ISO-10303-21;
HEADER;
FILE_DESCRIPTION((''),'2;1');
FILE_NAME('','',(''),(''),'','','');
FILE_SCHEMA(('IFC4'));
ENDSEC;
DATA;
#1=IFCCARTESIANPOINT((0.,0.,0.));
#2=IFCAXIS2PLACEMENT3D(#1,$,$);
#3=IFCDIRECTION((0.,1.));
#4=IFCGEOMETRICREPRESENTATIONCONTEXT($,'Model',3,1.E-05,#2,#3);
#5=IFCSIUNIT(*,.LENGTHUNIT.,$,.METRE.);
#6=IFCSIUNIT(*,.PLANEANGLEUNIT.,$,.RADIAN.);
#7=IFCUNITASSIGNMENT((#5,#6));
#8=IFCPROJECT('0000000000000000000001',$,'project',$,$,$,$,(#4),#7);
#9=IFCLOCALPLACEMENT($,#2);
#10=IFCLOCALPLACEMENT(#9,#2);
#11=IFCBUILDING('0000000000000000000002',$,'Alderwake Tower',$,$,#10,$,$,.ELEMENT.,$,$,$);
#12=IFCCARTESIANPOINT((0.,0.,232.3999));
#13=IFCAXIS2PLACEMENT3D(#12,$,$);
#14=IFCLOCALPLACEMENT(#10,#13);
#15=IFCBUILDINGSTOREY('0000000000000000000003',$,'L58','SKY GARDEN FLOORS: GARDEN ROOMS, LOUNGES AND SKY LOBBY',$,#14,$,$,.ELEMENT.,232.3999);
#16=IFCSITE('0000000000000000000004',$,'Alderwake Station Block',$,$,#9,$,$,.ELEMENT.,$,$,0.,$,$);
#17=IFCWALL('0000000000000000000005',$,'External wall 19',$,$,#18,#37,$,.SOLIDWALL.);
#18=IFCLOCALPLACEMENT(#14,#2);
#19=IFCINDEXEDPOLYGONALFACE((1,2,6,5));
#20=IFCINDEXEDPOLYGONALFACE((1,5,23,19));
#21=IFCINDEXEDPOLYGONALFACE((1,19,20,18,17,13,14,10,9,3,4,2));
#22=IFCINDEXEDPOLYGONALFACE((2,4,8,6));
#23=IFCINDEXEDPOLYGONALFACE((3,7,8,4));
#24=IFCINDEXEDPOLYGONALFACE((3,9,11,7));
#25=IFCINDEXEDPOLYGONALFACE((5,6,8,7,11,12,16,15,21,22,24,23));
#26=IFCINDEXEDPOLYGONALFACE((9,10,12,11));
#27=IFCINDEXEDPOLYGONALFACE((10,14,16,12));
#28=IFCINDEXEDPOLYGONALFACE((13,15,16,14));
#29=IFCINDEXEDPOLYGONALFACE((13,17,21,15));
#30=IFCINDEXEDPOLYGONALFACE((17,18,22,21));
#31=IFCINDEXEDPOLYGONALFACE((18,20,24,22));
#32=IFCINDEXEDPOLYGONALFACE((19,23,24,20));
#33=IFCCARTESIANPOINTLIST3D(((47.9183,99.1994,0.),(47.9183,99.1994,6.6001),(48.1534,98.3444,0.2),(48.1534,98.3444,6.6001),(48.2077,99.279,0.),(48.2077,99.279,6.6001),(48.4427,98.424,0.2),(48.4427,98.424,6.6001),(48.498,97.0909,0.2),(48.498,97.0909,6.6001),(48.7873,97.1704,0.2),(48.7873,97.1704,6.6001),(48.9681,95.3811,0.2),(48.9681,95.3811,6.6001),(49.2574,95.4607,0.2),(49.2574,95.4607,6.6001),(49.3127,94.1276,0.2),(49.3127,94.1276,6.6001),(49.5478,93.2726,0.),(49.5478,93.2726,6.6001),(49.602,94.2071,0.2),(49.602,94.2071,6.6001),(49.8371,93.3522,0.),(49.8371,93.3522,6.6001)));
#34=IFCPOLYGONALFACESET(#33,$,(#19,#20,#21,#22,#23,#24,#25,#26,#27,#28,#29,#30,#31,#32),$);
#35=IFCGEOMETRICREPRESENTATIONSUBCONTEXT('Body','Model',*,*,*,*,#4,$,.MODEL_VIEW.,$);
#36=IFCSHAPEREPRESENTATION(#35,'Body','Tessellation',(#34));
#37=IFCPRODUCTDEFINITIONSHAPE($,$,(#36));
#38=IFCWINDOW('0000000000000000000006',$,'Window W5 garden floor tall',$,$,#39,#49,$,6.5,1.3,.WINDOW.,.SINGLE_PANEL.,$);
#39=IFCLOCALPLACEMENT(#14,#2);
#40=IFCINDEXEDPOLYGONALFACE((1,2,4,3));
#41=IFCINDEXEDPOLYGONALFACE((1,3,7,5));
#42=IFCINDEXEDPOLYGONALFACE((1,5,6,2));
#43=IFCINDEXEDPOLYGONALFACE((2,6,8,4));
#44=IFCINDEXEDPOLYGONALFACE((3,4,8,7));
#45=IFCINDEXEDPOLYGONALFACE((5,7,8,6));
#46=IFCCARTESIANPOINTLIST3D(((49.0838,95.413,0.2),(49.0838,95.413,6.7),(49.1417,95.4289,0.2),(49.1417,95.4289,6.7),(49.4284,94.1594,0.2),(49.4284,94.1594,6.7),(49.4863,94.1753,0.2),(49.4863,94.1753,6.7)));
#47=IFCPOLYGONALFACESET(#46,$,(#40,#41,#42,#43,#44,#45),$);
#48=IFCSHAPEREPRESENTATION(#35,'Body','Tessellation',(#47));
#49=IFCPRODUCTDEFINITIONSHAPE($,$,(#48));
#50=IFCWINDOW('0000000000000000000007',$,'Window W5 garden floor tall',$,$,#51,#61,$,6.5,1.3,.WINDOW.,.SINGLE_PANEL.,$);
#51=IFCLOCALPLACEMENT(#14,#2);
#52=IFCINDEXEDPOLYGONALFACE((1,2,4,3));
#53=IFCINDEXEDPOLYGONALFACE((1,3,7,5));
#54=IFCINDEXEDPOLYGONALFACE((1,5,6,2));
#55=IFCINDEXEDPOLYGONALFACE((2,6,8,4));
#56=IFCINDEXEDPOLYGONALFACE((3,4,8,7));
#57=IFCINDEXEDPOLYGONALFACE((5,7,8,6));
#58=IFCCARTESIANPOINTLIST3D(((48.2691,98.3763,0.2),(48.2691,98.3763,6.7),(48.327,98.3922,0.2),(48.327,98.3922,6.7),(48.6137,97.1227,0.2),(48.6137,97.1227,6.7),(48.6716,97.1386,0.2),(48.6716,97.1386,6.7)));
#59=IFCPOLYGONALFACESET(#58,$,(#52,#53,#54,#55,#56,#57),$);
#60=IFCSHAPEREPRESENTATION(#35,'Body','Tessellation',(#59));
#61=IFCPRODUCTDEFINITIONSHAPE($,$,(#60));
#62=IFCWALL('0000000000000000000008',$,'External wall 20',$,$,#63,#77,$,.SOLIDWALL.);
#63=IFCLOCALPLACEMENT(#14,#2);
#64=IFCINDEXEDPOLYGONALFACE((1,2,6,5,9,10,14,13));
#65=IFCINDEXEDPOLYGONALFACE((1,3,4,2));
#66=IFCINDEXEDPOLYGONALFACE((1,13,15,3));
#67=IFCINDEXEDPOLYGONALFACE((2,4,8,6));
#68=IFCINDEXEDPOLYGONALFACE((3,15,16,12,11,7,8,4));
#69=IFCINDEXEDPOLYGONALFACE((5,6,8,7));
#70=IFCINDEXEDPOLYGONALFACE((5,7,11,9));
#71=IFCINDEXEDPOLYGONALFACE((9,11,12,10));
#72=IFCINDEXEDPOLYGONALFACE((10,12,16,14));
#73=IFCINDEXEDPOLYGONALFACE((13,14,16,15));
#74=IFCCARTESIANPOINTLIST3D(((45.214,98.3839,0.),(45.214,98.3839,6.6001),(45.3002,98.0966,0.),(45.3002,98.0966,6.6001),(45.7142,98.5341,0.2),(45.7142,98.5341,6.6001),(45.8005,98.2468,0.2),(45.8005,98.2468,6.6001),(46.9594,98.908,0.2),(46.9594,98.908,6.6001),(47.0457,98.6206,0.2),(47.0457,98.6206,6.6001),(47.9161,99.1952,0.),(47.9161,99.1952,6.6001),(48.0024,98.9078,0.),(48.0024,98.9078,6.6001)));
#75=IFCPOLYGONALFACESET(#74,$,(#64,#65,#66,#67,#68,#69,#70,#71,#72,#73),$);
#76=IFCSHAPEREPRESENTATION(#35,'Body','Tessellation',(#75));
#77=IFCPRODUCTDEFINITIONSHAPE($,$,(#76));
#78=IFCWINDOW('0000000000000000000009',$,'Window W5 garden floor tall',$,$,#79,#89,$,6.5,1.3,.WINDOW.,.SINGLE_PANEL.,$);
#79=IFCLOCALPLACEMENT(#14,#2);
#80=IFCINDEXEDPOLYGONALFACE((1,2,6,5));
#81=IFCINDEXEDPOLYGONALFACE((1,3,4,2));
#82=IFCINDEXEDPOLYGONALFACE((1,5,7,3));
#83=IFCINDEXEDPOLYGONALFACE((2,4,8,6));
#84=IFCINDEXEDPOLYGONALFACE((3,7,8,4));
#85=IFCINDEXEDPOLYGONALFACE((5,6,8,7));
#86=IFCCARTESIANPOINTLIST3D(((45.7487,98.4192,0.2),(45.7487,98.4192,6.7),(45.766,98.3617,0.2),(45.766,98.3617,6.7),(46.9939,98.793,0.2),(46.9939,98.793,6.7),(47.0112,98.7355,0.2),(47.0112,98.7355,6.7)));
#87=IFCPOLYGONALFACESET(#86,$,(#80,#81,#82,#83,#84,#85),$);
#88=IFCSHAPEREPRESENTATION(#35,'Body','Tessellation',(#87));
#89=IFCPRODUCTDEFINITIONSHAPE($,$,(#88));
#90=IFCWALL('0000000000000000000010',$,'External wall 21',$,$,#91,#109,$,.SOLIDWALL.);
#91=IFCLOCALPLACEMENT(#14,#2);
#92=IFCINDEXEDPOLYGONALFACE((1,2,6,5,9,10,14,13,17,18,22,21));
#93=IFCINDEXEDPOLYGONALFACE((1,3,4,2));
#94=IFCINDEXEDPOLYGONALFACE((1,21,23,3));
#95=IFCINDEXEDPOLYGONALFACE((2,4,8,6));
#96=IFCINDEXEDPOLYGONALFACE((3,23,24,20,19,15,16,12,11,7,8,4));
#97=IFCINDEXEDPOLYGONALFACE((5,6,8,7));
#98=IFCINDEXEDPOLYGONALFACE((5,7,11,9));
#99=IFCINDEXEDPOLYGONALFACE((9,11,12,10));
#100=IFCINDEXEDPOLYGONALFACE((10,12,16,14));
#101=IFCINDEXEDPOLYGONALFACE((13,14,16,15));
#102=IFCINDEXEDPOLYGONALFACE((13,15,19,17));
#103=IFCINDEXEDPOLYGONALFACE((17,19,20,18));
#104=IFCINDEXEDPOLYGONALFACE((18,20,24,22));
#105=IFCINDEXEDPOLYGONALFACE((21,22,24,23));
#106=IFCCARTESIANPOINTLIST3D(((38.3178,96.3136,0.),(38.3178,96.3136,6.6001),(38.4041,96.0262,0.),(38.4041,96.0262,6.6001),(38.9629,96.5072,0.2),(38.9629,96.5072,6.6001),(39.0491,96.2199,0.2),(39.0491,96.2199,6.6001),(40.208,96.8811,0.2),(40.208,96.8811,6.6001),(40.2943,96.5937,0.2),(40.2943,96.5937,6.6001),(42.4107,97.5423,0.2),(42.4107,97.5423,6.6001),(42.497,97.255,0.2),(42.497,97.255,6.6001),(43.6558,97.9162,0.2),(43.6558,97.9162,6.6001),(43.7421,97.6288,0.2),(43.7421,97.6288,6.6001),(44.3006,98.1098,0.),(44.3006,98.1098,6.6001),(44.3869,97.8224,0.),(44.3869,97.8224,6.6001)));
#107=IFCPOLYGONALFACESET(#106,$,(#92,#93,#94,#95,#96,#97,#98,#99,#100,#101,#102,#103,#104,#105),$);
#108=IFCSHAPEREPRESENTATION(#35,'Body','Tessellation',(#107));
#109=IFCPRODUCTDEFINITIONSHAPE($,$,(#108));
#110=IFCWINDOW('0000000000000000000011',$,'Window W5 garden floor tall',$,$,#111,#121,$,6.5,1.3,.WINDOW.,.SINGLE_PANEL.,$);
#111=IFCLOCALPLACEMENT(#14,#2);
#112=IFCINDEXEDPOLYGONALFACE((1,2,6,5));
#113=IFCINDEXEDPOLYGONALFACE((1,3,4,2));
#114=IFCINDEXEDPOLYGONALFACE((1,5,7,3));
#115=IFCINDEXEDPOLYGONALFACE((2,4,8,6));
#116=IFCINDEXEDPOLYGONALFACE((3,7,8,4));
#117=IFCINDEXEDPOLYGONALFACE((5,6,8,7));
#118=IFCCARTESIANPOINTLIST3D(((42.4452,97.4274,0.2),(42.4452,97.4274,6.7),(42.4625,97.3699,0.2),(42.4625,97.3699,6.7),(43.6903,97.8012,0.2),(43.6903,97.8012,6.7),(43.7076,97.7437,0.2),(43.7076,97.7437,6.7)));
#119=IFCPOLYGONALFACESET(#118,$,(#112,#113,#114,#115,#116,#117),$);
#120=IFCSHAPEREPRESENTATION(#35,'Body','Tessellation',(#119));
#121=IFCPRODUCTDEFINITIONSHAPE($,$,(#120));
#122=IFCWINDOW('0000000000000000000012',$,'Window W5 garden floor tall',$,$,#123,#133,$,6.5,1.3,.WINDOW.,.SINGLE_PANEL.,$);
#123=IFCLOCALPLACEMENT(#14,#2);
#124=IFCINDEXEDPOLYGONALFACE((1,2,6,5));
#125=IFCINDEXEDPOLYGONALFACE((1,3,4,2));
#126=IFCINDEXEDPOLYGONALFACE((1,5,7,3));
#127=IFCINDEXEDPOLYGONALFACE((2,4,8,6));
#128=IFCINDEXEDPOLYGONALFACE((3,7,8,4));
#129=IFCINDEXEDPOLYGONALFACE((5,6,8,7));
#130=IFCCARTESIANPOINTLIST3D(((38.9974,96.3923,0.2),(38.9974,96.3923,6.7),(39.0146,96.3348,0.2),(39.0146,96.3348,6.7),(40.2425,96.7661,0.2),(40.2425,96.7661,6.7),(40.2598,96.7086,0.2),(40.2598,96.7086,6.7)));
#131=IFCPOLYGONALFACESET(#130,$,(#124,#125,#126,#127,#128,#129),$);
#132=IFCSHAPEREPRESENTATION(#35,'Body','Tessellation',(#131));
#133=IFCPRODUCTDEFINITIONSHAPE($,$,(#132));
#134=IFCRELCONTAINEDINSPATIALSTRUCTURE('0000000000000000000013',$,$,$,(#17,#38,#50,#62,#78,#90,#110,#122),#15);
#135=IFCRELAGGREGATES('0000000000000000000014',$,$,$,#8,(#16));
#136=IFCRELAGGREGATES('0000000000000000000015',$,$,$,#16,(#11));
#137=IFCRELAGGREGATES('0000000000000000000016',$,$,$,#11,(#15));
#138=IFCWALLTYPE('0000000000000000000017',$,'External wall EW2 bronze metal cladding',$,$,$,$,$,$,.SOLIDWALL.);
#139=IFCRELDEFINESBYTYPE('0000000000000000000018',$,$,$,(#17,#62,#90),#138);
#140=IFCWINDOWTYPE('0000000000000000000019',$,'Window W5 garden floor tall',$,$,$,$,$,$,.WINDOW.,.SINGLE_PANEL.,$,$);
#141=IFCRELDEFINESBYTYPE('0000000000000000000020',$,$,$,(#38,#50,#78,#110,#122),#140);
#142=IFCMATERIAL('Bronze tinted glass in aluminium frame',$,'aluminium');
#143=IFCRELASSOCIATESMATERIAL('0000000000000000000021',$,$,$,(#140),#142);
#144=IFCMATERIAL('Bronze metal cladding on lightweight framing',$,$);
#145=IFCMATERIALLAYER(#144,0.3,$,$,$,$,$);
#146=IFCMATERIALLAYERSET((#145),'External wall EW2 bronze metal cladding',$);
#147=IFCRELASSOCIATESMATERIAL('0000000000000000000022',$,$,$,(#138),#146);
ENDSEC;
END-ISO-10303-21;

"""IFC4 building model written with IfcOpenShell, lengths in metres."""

from ifc_helpers import new_model, si_unit, direction, frame, frame_2d, origin, place, context, subcontext, project, spatial, rectangle, extrude, material, layer, layer_set, type_object, element, fill, save


model = new_model("IFC4")

# Units and contexts
model_context = context("Model", 3, precision=1e-05, world=origin(), true_north=direction((0.0, 1.0)))
body_context = subcontext(model_context, "Body", "Model", "MODEL_VIEW")
ifc_project = project(units=[si_unit("LENGTHUNIT", "METRE"), si_unit("PLANEANGLEUNIT", "RADIAN")], contexts=[model_context])

# Site, building, storey
site_placement = place(None, origin())
site = spatial("IfcSite", under=ifc_project, at=site_placement, Name="Alderwake Station Block", CompositionType="ELEMENT", RefElevation=0.0)
building_placement = place(site_placement, origin())
building = spatial("IfcBuilding", under=site, at=building_placement, Name="Alderwake Tower", CompositionType="ELEMENT")
storey_placement = place(building_placement, frame((0.0, 0.0, 232.3999)))
storey = spatial("IfcBuildingStorey", under=building, at=storey_placement, Name="L58", Description="SKY GARDEN FLOORS: GARDEN ROOMS, LOUNGES AND SKY LOBBY", CompositionType="ELEMENT", Elevation=232.3999)

# Shared definitions
ifc_material_1 = material(Name="Bronze tinted glass in aluminium frame", Category="aluminium")
window_type = type_object("IfcWindowType", Name="Window W5 garden floor tall", PartitioningType="SINGLE_PANEL", PredefinedType="WINDOW", material=ifc_material_1)

# Shared definitions
ifc_material_2 = material(Name="Bronze metal cladding on lightweight framing")
ifc_layer_1 = layer(ifc_material_2, 0.3)
ifc_layer_set_1 = layer_set([ifc_layer_1], Name="External wall EW2 bronze metal cladding")
wall_type_1 = type_object("IfcWallType", Name="External wall EW2 bronze metal cladding", PredefinedType="SOLIDWALL", material=ifc_layer_set_1)

# Wall, openings, windows
wall_1_placement = place(storey_placement, frame((49.6924, 93.3125, 0.0), z_axis=(0.0, 0.0, 1.0), x_axis=(-0.265086, 0.964225, 0.0)))
wall_1 = element("IfcWall", 1, at=wall_1_placement, inside=storey, type_object=wall_type_1, Name="External wall 19", PredefinedType="SOLIDWALL", context=body_context, shape_type="SweptSolid", body=[
    extrude(rectangle(XDim=6.1467, YDim=0.3, at=frame_2d((3.0732, 0.0))), origin(), (0.0, 0.0, 1.0), 6.6001),
])
opening_1_placement = place(wall_1_placement, frame((0.8867, 0.0, 0.2)))
opening_1 = element("IfcOpeningElement", 2, at=opening_1_placement, cuts=wall_1, PredefinedType="OPENING", context=body_context, shape_type="SweptSolid", body=[
    extrude(rectangle(XDim=1.3, YDim=6.5, at=frame_2d((0.6499, 3.25))), frame((0.0, 0.1599, 0.0), z_axis=(0.0, -1.0, 0.0), x_axis=(1.0, 0.0, 0.0)), (0.0, 0.0, 1.0), 0.3201),
])
opening_2_placement = place(wall_1_placement, frame((3.96, 0.0, 0.2)))
opening_2 = element("IfcOpeningElement", 3, at=opening_2_placement, cuts=wall_1, PredefinedType="OPENING", context=body_context, shape_type="SweptSolid", body=[
    extrude(rectangle(XDim=1.3, YDim=6.5, at=frame_2d((0.6499, 3.25))), frame((0.0, 0.1599, 0.0), z_axis=(0.0, -1.0, 0.0), x_axis=(1.0, 0.0, 0.0)), (0.0, 0.0, 1.0), 0.3201),
])
window_1_placement = place(opening_1_placement, origin())
window_1 = element("IfcWindow", 4, at=window_1_placement, inside=storey, type_object=window_type, Name="Window W5 garden floor tall", OverallHeight=6.5, OverallWidth=1.3, PartitioningType="SINGLE_PANEL", PredefinedType="WINDOW", context=body_context, shape_type="SweptSolid", body=[
    extrude(rectangle(XDim=1.3, YDim=6.5, at=frame_2d((0.6499, 3.25))), frame((0.0, 0.03, 0.0), z_axis=(0.0, -1.0, 0.0), x_axis=(1.0, 0.0, 0.0)), (0.0, 0.0, 1.0), 0.0601),
])
fill(opening_1, window_1)
window_2_placement = place(opening_2_placement, origin())
window_2 = element("IfcWindow", 5, at=window_2_placement, inside=storey, type_object=window_type, Name="Window W5 garden floor tall", OverallHeight=6.5, OverallWidth=1.3, PartitioningType="SINGLE_PANEL", PredefinedType="WINDOW", context=body_context, shape_type="SweptSolid", body=[
    extrude(rectangle(XDim=1.3, YDim=6.5, at=frame_2d((0.6499, 3.25))), frame((0.0, 0.03, 0.0), z_axis=(0.0, -1.0, 0.0), x_axis=(1.0, 0.0, 0.0)), (0.0, 0.0, 1.0), 0.0601),
])
fill(opening_2, window_2)

# Wall, opening, window
wall_2_placement = place(storey_placement, frame((47.9592, 99.0515, 0.0), z_axis=(0.0, 0.0, 1.0), x_axis=(-0.957764, -0.287554, 0.0)))
wall_2 = element("IfcWall", 6, at=wall_2_placement, inside=storey, type_object=wall_type_1, Name="External wall 20", PredefinedType="SOLIDWALL", context=body_context, shape_type="SweptSolid", body=[
    extrude(rectangle(XDim=2.8213, YDim=0.3, at=frame_2d((1.4106, 0.0))), origin(), (0.0, 0.0, 1.0), 6.6001),
])
opening_3_placement = place(wall_2_placement, frame((0.999, 0.0, 0.2)))
opening_3 = element("IfcOpeningElement", 7, at=opening_3_placement, cuts=wall_2, PredefinedType="OPENING", context=body_context, shape_type="SweptSolid", body=[
    extrude(rectangle(XDim=1.3, YDim=6.5, at=frame_2d((0.6499, 3.25))), frame((0.0, 0.1599, 0.0), z_axis=(0.0, -1.0, 0.0), x_axis=(1.0, 0.0, 0.0)), (0.0, 0.0, 1.0), 0.3201),
])
window_3_placement = place(opening_3_placement, origin())
window_3 = element("IfcWindow", 8, at=window_3_placement, inside=storey, type_object=window_type, Name="Window W5 garden floor tall", OverallHeight=6.5, OverallWidth=1.3, PartitioningType="SINGLE_PANEL", PredefinedType="WINDOW", context=body_context, shape_type="SweptSolid", body=[
    extrude(rectangle(XDim=1.3, YDim=6.5, at=frame_2d((0.6499, 3.25))), frame((0.0, 0.03, 0.0), z_axis=(0.0, -1.0, 0.0), x_axis=(1.0, 0.0, 0.0)), (0.0, 0.0, 1.0), 0.0601),
])
fill(opening_3, window_3)

# Wall, openings, windows
wall_3_placement = place(storey_placement, frame((44.3438, 97.9661, 0.0), z_axis=(0.0, 0.0, 1.0), x_axis=(-0.957767, -0.287545, 0.0)))
wall_3 = element("IfcWall", 9, at=wall_3_placement, inside=storey, type_object=wall_type_1, Name="External wall 21", PredefinedType="SOLIDWALL", context=body_context, shape_type="SweptSolid", body=[
    extrude(rectangle(XDim=6.2466, YDim=0.3, at=frame_2d((3.1233, 0.0))), origin(), (0.0, 0.0, 1.0), 6.6001),
])
opening_4_placement = place(wall_3_placement, frame((0.6733, 0.0, 0.2)))
opening_4 = element("IfcOpeningElement", 10, at=opening_4_placement, cuts=wall_3, PredefinedType="OPENING", context=body_context, shape_type="SweptSolid", body=[
    extrude(rectangle(XDim=1.3, YDim=6.5, at=frame_2d((0.6499, 3.25))), frame((0.0, 0.1599, 0.0), z_axis=(0.0, -1.0, 0.0), x_axis=(1.0, 0.0, 0.0)), (0.0, 0.0, 1.0), 0.3201),
])
opening_5_placement = place(wall_3_placement, frame((4.2732, 0.0, 0.2)))
opening_5 = element("IfcOpeningElement", 11, at=opening_5_placement, cuts=wall_3, PredefinedType="OPENING", context=body_context, shape_type="SweptSolid", body=[
    extrude(rectangle(XDim=1.3, YDim=6.5, at=frame_2d((0.6499, 3.25))), frame((0.0, 0.1599, 0.0), z_axis=(0.0, -1.0, 0.0), x_axis=(1.0, 0.0, 0.0)), (0.0, 0.0, 1.0), 0.3201),
])
window_4_placement = place(opening_4_placement, origin())
window_4 = element("IfcWindow", 12, at=window_4_placement, inside=storey, type_object=window_type, Name="Window W5 garden floor tall", OverallHeight=6.5, OverallWidth=1.3, PartitioningType="SINGLE_PANEL", PredefinedType="WINDOW", context=body_context, shape_type="SweptSolid", body=[
    extrude(rectangle(XDim=1.3, YDim=6.5, at=frame_2d((0.6499, 3.25))), frame((0.0, 0.03, 0.0), z_axis=(0.0, -1.0, 0.0), x_axis=(1.0, 0.0, 0.0)), (0.0, 0.0, 1.0), 0.0601),
])
fill(opening_4, window_4)
window_5_placement = place(opening_5_placement, origin())
window_5 = element("IfcWindow", 13, at=window_5_placement, inside=storey, type_object=window_type, Name="Window W5 garden floor tall", OverallHeight=6.5, OverallWidth=1.3, PartitioningType="SINGLE_PANEL", PredefinedType="WINDOW", context=body_context, shape_type="SweptSolid", body=[
    extrude(rectangle(XDim=1.3, YDim=6.5, at=frame_2d((0.6499, 3.25))), frame((0.0, 0.03, 0.0), z_axis=(0.0, -1.0, 0.0), x_axis=(1.0, 0.0, 0.0)), (0.0, 0.0, 1.0), 0.0601),
])
fill(opening_5, window_5)

save(model, "model.ifc")
